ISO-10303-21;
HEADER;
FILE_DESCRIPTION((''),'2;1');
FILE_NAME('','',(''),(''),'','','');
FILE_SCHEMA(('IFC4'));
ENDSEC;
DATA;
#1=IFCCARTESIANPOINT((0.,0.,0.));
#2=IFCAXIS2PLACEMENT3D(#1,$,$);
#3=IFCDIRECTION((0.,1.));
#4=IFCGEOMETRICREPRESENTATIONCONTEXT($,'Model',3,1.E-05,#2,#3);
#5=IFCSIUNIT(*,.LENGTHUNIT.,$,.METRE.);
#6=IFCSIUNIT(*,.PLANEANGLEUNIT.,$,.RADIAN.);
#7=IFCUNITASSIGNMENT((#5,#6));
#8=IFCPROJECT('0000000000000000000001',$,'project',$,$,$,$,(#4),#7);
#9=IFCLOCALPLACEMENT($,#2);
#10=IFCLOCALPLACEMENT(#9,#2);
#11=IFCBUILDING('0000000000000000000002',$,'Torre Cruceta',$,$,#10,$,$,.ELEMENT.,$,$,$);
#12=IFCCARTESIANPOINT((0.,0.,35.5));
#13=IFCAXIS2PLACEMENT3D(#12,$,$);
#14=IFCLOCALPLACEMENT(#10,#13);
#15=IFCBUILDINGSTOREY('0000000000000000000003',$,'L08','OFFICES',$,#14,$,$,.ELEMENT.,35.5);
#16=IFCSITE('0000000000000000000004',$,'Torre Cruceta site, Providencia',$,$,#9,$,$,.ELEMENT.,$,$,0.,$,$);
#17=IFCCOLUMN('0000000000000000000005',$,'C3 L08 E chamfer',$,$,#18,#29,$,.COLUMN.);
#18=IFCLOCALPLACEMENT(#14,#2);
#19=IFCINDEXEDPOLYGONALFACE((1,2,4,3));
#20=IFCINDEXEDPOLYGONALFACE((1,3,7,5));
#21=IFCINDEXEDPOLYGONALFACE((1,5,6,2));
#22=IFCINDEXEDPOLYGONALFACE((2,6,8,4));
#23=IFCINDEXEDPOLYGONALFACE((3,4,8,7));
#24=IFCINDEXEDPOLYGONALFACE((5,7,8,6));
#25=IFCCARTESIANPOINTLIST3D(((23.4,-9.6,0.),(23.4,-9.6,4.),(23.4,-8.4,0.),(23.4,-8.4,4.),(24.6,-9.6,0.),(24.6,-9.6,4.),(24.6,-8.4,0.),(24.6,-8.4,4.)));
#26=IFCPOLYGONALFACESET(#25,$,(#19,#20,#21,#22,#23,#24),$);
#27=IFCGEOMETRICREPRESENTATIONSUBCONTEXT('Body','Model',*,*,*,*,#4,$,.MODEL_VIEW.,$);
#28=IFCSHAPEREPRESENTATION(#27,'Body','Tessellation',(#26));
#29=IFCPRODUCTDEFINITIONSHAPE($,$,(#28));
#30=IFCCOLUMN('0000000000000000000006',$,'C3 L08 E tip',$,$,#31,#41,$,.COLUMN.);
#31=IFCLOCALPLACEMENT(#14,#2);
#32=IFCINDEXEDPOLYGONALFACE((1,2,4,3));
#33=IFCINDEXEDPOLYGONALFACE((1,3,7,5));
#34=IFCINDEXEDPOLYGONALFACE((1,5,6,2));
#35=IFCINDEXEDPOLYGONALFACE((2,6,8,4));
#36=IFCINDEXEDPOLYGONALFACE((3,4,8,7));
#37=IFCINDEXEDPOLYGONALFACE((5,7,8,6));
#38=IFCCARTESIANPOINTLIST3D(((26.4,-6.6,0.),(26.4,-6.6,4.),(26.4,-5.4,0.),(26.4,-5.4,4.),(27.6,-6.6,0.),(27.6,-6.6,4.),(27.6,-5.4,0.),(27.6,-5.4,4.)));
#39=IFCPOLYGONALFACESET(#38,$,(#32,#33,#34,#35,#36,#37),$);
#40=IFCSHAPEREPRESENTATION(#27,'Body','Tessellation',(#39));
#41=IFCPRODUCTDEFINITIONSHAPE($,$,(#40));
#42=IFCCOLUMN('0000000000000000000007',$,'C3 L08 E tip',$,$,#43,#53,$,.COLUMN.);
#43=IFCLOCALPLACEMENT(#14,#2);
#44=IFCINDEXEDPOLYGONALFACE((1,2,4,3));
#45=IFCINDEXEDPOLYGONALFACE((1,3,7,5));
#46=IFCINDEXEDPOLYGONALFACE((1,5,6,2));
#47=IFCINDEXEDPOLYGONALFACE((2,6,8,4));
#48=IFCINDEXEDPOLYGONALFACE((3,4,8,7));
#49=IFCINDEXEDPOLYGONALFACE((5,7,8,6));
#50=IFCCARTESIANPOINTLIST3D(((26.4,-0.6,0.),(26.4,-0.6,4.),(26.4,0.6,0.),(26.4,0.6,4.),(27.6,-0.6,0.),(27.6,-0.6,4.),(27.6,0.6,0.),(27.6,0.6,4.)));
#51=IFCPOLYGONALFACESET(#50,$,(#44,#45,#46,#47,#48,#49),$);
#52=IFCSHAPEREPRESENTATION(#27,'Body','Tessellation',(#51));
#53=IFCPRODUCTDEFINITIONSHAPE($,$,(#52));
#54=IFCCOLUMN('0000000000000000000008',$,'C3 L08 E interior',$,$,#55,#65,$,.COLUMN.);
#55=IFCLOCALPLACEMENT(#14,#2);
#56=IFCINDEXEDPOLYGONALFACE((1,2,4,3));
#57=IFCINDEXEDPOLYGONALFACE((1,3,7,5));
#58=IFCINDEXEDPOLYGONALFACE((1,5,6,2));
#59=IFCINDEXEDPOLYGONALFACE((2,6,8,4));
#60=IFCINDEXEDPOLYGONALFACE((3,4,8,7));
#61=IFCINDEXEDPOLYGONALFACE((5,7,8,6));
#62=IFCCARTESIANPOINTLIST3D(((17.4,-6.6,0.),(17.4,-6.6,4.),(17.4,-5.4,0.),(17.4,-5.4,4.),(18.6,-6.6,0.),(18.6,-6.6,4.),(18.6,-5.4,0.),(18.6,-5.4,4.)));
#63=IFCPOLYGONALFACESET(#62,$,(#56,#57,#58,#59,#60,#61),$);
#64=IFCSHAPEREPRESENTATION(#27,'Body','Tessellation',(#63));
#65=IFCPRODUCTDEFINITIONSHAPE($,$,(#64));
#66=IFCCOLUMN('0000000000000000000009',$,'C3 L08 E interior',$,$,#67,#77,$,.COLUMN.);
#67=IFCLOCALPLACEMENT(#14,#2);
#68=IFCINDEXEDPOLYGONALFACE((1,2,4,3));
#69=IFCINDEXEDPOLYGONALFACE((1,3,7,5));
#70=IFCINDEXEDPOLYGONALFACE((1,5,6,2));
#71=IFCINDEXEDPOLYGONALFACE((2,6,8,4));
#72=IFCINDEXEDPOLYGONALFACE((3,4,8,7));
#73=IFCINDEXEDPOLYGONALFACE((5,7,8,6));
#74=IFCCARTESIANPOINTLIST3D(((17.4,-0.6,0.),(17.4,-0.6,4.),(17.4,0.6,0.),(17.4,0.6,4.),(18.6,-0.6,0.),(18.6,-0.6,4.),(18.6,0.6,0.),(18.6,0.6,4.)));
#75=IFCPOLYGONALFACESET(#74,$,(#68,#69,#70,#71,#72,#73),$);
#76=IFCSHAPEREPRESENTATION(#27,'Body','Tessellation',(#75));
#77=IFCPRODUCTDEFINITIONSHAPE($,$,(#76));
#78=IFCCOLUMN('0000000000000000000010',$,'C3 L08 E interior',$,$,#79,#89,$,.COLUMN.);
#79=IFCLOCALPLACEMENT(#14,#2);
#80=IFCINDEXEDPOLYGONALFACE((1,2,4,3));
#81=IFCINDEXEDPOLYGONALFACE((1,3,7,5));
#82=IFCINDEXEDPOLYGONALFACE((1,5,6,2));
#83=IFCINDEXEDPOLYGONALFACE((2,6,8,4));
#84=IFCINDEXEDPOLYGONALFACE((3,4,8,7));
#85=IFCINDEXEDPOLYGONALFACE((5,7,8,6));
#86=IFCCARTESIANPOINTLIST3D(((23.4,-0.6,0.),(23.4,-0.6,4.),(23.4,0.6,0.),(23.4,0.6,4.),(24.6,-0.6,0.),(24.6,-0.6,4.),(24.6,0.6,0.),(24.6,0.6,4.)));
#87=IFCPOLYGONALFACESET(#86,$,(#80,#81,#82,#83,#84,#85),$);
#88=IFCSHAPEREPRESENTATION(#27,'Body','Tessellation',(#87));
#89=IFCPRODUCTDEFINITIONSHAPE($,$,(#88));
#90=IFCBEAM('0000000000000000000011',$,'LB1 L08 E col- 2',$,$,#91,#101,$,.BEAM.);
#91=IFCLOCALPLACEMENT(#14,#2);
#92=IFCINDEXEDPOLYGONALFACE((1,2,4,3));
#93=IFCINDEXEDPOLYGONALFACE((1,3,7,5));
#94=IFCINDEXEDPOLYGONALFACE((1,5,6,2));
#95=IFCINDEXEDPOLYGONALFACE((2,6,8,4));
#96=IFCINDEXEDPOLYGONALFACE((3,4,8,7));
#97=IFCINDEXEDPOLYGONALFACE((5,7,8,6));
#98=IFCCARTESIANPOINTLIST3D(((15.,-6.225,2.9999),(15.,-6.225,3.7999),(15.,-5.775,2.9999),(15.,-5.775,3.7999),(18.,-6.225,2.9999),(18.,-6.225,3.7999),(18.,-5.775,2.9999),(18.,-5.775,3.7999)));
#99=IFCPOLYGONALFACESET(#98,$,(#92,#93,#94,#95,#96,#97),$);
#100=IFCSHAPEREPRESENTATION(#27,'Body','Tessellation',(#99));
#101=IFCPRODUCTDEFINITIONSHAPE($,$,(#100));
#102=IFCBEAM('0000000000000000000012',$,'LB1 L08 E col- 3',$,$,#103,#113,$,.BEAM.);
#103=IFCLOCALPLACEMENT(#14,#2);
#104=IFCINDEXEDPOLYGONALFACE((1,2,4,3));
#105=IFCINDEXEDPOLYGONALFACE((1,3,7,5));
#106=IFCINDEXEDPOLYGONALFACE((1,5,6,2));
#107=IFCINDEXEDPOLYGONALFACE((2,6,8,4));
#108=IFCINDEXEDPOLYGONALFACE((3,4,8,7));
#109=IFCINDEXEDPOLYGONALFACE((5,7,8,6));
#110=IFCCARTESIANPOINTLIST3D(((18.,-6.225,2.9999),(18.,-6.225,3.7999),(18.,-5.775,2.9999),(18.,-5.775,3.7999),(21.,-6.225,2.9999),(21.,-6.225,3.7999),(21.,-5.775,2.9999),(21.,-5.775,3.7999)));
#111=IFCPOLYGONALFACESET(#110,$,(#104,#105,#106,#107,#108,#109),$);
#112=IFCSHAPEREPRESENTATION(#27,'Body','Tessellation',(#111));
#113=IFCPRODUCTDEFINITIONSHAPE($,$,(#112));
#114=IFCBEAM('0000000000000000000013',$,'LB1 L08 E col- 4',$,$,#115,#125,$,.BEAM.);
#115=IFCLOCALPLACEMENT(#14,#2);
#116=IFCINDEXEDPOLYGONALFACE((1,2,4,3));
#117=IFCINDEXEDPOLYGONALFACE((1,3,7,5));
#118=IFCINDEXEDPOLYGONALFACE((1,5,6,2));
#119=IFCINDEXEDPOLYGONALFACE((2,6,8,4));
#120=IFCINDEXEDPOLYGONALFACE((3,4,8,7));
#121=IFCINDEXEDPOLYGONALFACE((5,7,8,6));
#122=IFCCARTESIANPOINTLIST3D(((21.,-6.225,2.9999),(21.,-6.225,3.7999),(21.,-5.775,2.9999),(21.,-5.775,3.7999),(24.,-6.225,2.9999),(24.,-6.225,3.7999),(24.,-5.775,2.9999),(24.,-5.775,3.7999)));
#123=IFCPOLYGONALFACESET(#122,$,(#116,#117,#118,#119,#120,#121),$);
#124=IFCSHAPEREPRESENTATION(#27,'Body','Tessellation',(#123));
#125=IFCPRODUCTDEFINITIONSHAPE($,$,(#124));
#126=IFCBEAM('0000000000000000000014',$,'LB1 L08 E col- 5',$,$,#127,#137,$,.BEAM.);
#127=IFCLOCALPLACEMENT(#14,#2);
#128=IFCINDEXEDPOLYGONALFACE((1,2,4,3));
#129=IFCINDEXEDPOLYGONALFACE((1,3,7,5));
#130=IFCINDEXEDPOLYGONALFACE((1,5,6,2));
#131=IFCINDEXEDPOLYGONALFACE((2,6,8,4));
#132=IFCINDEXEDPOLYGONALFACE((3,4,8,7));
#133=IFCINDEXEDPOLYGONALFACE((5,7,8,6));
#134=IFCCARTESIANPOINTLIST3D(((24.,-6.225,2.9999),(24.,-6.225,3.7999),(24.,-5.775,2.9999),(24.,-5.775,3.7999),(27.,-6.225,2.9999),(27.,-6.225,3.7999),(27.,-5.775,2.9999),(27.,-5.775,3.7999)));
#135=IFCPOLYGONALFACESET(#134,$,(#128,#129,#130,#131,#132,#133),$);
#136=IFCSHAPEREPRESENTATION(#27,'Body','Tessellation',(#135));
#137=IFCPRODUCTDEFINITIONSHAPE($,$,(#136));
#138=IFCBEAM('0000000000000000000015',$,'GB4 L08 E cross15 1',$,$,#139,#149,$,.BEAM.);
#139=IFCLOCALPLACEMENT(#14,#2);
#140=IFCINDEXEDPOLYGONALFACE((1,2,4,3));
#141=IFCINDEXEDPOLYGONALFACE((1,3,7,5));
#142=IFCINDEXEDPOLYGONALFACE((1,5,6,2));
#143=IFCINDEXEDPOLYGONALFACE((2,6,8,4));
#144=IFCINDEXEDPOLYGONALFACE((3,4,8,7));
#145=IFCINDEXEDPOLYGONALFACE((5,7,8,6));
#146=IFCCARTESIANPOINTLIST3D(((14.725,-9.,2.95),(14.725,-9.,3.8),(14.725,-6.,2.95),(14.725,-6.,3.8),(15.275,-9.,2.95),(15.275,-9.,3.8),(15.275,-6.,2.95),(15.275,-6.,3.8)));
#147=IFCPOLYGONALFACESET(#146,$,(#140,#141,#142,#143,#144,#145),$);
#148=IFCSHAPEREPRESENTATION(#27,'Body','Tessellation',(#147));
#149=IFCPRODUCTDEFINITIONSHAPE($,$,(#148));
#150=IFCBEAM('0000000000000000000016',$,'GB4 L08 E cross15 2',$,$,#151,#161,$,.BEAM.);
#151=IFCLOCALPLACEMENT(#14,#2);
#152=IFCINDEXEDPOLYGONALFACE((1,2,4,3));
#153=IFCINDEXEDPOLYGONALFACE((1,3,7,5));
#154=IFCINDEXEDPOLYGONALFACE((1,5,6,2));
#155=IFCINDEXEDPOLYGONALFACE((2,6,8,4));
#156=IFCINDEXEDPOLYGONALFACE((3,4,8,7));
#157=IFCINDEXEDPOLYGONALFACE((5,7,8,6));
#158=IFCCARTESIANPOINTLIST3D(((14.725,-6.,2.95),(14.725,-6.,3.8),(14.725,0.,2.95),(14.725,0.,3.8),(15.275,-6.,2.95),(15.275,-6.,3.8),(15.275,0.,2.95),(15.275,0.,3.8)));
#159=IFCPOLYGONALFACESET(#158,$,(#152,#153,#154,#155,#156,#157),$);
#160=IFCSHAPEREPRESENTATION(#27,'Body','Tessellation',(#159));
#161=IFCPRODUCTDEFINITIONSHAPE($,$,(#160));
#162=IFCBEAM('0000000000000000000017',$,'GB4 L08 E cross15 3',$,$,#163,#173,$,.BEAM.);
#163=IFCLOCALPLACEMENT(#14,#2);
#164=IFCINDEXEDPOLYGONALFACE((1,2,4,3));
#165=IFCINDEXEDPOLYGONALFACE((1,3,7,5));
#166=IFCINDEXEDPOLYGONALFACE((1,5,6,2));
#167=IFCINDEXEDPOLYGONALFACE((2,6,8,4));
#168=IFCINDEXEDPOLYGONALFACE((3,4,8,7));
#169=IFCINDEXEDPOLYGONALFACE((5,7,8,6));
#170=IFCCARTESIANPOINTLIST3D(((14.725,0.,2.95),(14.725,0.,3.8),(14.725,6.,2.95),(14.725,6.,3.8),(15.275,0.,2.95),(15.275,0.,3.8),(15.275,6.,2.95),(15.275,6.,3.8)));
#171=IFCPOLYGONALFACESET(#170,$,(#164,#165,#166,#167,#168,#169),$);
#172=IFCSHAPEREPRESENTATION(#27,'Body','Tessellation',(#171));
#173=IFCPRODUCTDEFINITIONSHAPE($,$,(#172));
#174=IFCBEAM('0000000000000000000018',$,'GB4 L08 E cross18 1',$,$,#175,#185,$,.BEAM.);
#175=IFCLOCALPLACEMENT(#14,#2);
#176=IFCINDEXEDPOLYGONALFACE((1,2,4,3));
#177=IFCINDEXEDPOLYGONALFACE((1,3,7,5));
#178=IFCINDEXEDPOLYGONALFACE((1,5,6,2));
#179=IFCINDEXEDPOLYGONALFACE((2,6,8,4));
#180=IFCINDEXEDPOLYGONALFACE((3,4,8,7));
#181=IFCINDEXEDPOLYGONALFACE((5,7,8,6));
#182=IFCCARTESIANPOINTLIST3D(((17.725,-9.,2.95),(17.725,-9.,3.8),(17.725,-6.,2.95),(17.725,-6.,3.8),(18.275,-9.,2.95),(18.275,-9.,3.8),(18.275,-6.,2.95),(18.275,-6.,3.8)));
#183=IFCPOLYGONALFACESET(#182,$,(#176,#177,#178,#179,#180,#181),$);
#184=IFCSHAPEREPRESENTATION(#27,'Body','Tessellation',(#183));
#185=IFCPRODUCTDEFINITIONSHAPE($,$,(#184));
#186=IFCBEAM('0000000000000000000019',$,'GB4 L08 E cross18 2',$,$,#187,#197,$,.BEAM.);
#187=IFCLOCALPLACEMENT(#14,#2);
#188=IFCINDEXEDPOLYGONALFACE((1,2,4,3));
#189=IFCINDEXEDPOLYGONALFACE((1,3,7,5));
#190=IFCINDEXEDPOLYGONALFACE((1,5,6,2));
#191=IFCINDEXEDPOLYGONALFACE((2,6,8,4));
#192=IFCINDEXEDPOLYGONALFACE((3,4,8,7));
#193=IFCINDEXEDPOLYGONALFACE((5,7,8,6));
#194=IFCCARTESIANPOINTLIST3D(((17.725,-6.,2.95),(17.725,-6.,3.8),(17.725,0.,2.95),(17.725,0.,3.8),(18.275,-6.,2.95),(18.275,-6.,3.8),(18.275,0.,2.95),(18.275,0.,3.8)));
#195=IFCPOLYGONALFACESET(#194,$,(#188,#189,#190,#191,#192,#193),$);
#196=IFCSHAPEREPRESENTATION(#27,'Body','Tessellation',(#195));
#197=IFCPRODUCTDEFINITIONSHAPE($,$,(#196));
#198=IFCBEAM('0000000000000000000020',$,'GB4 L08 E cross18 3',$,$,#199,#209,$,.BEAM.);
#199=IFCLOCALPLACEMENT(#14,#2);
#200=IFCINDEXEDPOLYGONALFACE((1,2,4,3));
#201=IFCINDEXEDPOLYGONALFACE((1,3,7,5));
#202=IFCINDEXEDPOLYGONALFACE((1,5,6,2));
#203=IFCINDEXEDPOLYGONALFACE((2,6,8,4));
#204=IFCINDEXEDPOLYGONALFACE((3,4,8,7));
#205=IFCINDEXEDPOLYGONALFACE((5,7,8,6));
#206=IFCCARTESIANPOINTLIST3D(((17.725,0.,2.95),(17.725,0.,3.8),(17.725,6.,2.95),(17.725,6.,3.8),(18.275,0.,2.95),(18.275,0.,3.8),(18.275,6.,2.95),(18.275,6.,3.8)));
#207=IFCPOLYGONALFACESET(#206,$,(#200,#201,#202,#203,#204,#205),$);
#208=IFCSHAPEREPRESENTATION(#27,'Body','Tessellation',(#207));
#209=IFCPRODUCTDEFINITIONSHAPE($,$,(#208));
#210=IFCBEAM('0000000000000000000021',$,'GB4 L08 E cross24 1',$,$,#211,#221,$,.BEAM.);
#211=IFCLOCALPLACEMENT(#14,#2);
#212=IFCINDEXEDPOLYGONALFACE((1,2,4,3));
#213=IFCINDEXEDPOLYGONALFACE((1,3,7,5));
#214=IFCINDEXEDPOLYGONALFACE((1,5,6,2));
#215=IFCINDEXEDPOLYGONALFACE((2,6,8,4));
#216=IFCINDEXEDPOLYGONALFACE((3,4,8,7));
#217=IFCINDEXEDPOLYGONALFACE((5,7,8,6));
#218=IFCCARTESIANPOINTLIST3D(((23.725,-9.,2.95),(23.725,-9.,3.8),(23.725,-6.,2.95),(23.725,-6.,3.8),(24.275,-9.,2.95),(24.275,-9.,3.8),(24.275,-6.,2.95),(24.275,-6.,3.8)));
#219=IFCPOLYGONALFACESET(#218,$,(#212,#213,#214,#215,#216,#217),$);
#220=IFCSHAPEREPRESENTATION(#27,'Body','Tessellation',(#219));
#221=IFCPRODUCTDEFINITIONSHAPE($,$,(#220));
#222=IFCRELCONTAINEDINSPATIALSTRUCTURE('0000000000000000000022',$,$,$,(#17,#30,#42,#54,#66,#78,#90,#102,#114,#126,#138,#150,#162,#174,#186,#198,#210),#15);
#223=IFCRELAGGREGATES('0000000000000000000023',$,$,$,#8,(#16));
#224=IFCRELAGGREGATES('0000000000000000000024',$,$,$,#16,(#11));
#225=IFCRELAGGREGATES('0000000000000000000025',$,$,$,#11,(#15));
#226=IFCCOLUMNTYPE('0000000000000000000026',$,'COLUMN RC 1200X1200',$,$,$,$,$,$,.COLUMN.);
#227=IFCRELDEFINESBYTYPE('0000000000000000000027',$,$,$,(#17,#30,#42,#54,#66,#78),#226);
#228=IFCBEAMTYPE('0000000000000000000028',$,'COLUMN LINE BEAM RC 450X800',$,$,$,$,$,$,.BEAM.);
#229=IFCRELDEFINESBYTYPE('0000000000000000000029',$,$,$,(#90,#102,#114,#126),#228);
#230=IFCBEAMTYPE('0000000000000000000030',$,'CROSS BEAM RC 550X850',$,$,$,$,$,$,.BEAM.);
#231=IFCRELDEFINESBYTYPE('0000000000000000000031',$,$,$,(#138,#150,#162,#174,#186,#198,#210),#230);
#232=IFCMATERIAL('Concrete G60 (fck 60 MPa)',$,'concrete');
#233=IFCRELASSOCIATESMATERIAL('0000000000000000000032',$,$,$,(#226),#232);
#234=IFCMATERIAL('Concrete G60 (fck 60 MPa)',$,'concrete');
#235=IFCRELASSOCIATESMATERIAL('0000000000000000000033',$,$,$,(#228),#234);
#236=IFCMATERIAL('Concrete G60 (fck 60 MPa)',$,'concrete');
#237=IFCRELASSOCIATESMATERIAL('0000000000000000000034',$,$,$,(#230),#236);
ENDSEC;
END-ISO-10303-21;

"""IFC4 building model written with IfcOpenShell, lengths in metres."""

from ifc_helpers import new_model, si_unit, direction, frame, origin, origin_2d, place, context, subcontext, project, spatial, rectangle, extrude, material, material_profile, profile_set, type_object, element, save


model = new_model("IFC4")

# Units and contexts
model_context = context("Model", 3, precision=1e-05, world=origin(), true_north=direction((0.0, 1.0)))
body_context = subcontext(model_context, "Body", "Model", "MODEL_VIEW")
ifc_project = project(units=[si_unit("LENGTHUNIT", "METRE"), si_unit("PLANEANGLEUNIT", "RADIAN")], contexts=[model_context])

# Site, building, storey
site_placement = place(None, origin())
site = spatial("IfcSite", under=ifc_project, at=site_placement, Name="Torre Cruceta site, Providencia", CompositionType="ELEMENT", RefElevation=0.0)
building_placement = place(site_placement, origin())
building = spatial("IfcBuilding", under=site, at=building_placement, Name="Torre Cruceta", CompositionType="ELEMENT")
storey_placement = place(building_placement, frame((0.0, 0.0, 35.5)))
storey = spatial("IfcBuildingStorey", under=building, at=storey_placement, Name="L08", Description="OFFICES", CompositionType="ELEMENT", Elevation=35.5)

# Columns
ifc_material_1 = material(Name="Concrete G60 (fck 60 MPa)", Category="concrete")
ifc_material_profile_1 = material_profile(ifc_material_1, rectangle(XDim=1.2, YDim=1.2, at=origin_2d()), Name="RC 1200X1200")
ifc_profile_set_1 = profile_set([ifc_material_profile_1], Name="Concrete G60 (fck 60 MPa)")
column_type = type_object("IfcColumnType", Name="COLUMN RC 1200X1200", PredefinedType="COLUMN", material=ifc_profile_set_1)
for number, where, z_axis, x_axis, name in (
    (1, (24.0, -9.0, 0.0), (0.0, 0.0, 1.0), (1.0, 0.0, 0.0), "C3 L08 E chamfer"),
    (2, (27.0, -6.0, 0.0), (0.0, 0.0, 1.0), (1.0, 0.0, 0.0), "C3 L08 E tip"),
    (3, (27.0, 0.0, 0.0), (0.0, 0.0, 1.0), (1.0, 0.0, 0.0), "C3 L08 E tip"),
    (4, (18.0, -6.0, 0.0), (0.0, 0.0, 1.0), (1.0, 0.0, 0.0), "C3 L08 E interior"),
    (5, (18.0, 0.0, 0.0), (0.0, 0.0, 1.0), (1.0, 0.0, 0.0), "C3 L08 E interior"),
    (6, (24.0, 0.0, 0.0), (0.0, 0.0, 1.0), (1.0, 0.0, 0.0), "C3 L08 E interior"),
):
    element("IfcColumn", number, at=place(storey_placement, frame(where, z_axis=z_axis, x_axis=x_axis)), inside=storey, type_object=column_type, Name=name, PredefinedType="COLUMN", context=body_context, shape_type="SweptSolid", body=[
        extrude(rectangle(XDim=1.2, YDim=1.2, at=origin_2d()), origin(), (0.0, 0.0, 1.0), 4.0),
    ])

# Beams
ifc_material_2 = material(Name="Concrete G60 (fck 60 MPa)", Category="concrete")
ifc_material_profile_2 = material_profile(ifc_material_2, rectangle(XDim=0.45, YDim=0.8, at=origin_2d()), Name="RC 450X800")
ifc_profile_set_2 = profile_set([ifc_material_profile_2], Name="Concrete G60 (fck 60 MPa)")
beam_type_1 = type_object("IfcBeamType", Name="COLUMN LINE BEAM RC 450X800", PredefinedType="BEAM", material=ifc_profile_set_2)
for number, where, z_axis, x_axis, name in (
    (7, (15.0, -6.0, 3.3999), (1.0, 0.0, 0.0), (0.0, 1.0, 0.0), "LB1 L08 E col- 2"),
    (8, (18.0, -6.0, 3.3999), (1.0, 0.0, 0.0), (0.0, 1.0, 0.0), "LB1 L08 E col- 3"),
    (9, (21.0, -6.0, 3.3999), (1.0, 0.0, 0.0), (0.0, 1.0, 0.0), "LB1 L08 E col- 4"),
    (10, (24.0, -6.0, 3.3999), (1.0, 0.0, 0.0), (0.0, 1.0, 0.0), "LB1 L08 E col- 5"),
):
    element("IfcBeam", number, at=place(storey_placement, frame(where, z_axis=z_axis, x_axis=x_axis)), inside=storey, type_object=beam_type_1, Name=name, PredefinedType="BEAM", context=body_context, shape_type="SweptSolid", body=[
        extrude(rectangle(XDim=0.45, YDim=0.8, at=origin_2d()), origin(), (0.0, 0.0, 1.0), 3.0),
    ])
ifc_material_3 = material(Name="Concrete G60 (fck 60 MPa)", Category="concrete")
ifc_material_profile_3 = material_profile(ifc_material_3, rectangle(XDim=0.55, YDim=0.8501, at=origin_2d()), Name="RC 550X850")
ifc_profile_set_3 = profile_set([ifc_material_profile_3], Name="Concrete G60 (fck 60 MPa)")
beam_type_2 = type_object("IfcBeamType", Name="CROSS BEAM RC 550X850", PredefinedType="BEAM", material=ifc_profile_set_3)
beam_1_placement = place(storey_placement, frame((15.0, -9.0, 3.375), z_axis=(0.0, 1.0, 0.0), x_axis=(-1.0, 0.0, 0.0)))
element("IfcBeam", 11, at=beam_1_placement, inside=storey, type_object=beam_type_2, Name="GB4 L08 E cross15 1", PredefinedType="BEAM", context=body_context, shape_type="SweptSolid", body=[
    extrude(rectangle(XDim=0.55, YDim=0.8501, at=origin_2d()), origin(), (0.0, 0.0, 1.0), 3.0),
])
for number, where, z_axis, x_axis, name in (
    (12, (15.0, -6.0, 3.375), (0.0, 1.0, 0.0), (-1.0, 0.0, 0.0), "GB4 L08 E cross15 2"),
    (13, (15.0, 0.0, 3.375), (0.0, 1.0, 0.0), (-1.0, 0.0, 0.0), "GB4 L08 E cross15 3"),
):
    element("IfcBeam", number, at=place(storey_placement, frame(where, z_axis=z_axis, x_axis=x_axis)), inside=storey, type_object=beam_type_2, Name=name, PredefinedType="BEAM", context=body_context, shape_type="SweptSolid", body=[
        extrude(rectangle(XDim=0.55, YDim=0.8501, at=origin_2d()), origin(), (0.0, 0.0, 1.0), 6.0),
    ])
beam_2_placement = place(storey_placement, frame((18.0, -9.0, 3.375), z_axis=(0.0, 1.0, 0.0), x_axis=(-1.0, 0.0, 0.0)))
element("IfcBeam", 14, at=beam_2_placement, inside=storey, type_object=beam_type_2, Name="GB4 L08 E cross18 1", PredefinedType="BEAM", context=body_context, shape_type="SweptSolid", body=[
    extrude(rectangle(XDim=0.55, YDim=0.8501, at=origin_2d()), origin(), (0.0, 0.0, 1.0), 3.0),
])
for number, where, z_axis, x_axis, name in (
    (15, (18.0, -6.0, 3.375), (0.0, 1.0, 0.0), (-1.0, 0.0, 0.0), "GB4 L08 E cross18 2"),
    (16, (18.0, 0.0, 3.375), (0.0, 1.0, 0.0), (-1.0, 0.0, 0.0), "GB4 L08 E cross18 3"),
):
    element("IfcBeam", number, at=place(storey_placement, frame(where, z_axis=z_axis, x_axis=x_axis)), inside=storey, type_object=beam_type_2, Name=name, PredefinedType="BEAM", context=body_context, shape_type="SweptSolid", body=[
        extrude(rectangle(XDim=0.55, YDim=0.8501, at=origin_2d()), origin(), (0.0, 0.0, 1.0), 6.0),
    ])
beam_3_placement = place(storey_placement, frame((24.0, -9.0, 3.375), z_axis=(0.0, 1.0, 0.0), x_axis=(-1.0, 0.0, 0.0)))
element("IfcBeam", 17, at=beam_3_placement, inside=storey, type_object=beam_type_2, Name="GB4 L08 E cross24 1", PredefinedType="BEAM", context=body_context, shape_type="SweptSolid", body=[
    extrude(rectangle(XDim=0.55, YDim=0.8501, at=origin_2d()), origin(), (0.0, 0.0, 1.0), 3.0),
])

save(model, "model.ifc")
